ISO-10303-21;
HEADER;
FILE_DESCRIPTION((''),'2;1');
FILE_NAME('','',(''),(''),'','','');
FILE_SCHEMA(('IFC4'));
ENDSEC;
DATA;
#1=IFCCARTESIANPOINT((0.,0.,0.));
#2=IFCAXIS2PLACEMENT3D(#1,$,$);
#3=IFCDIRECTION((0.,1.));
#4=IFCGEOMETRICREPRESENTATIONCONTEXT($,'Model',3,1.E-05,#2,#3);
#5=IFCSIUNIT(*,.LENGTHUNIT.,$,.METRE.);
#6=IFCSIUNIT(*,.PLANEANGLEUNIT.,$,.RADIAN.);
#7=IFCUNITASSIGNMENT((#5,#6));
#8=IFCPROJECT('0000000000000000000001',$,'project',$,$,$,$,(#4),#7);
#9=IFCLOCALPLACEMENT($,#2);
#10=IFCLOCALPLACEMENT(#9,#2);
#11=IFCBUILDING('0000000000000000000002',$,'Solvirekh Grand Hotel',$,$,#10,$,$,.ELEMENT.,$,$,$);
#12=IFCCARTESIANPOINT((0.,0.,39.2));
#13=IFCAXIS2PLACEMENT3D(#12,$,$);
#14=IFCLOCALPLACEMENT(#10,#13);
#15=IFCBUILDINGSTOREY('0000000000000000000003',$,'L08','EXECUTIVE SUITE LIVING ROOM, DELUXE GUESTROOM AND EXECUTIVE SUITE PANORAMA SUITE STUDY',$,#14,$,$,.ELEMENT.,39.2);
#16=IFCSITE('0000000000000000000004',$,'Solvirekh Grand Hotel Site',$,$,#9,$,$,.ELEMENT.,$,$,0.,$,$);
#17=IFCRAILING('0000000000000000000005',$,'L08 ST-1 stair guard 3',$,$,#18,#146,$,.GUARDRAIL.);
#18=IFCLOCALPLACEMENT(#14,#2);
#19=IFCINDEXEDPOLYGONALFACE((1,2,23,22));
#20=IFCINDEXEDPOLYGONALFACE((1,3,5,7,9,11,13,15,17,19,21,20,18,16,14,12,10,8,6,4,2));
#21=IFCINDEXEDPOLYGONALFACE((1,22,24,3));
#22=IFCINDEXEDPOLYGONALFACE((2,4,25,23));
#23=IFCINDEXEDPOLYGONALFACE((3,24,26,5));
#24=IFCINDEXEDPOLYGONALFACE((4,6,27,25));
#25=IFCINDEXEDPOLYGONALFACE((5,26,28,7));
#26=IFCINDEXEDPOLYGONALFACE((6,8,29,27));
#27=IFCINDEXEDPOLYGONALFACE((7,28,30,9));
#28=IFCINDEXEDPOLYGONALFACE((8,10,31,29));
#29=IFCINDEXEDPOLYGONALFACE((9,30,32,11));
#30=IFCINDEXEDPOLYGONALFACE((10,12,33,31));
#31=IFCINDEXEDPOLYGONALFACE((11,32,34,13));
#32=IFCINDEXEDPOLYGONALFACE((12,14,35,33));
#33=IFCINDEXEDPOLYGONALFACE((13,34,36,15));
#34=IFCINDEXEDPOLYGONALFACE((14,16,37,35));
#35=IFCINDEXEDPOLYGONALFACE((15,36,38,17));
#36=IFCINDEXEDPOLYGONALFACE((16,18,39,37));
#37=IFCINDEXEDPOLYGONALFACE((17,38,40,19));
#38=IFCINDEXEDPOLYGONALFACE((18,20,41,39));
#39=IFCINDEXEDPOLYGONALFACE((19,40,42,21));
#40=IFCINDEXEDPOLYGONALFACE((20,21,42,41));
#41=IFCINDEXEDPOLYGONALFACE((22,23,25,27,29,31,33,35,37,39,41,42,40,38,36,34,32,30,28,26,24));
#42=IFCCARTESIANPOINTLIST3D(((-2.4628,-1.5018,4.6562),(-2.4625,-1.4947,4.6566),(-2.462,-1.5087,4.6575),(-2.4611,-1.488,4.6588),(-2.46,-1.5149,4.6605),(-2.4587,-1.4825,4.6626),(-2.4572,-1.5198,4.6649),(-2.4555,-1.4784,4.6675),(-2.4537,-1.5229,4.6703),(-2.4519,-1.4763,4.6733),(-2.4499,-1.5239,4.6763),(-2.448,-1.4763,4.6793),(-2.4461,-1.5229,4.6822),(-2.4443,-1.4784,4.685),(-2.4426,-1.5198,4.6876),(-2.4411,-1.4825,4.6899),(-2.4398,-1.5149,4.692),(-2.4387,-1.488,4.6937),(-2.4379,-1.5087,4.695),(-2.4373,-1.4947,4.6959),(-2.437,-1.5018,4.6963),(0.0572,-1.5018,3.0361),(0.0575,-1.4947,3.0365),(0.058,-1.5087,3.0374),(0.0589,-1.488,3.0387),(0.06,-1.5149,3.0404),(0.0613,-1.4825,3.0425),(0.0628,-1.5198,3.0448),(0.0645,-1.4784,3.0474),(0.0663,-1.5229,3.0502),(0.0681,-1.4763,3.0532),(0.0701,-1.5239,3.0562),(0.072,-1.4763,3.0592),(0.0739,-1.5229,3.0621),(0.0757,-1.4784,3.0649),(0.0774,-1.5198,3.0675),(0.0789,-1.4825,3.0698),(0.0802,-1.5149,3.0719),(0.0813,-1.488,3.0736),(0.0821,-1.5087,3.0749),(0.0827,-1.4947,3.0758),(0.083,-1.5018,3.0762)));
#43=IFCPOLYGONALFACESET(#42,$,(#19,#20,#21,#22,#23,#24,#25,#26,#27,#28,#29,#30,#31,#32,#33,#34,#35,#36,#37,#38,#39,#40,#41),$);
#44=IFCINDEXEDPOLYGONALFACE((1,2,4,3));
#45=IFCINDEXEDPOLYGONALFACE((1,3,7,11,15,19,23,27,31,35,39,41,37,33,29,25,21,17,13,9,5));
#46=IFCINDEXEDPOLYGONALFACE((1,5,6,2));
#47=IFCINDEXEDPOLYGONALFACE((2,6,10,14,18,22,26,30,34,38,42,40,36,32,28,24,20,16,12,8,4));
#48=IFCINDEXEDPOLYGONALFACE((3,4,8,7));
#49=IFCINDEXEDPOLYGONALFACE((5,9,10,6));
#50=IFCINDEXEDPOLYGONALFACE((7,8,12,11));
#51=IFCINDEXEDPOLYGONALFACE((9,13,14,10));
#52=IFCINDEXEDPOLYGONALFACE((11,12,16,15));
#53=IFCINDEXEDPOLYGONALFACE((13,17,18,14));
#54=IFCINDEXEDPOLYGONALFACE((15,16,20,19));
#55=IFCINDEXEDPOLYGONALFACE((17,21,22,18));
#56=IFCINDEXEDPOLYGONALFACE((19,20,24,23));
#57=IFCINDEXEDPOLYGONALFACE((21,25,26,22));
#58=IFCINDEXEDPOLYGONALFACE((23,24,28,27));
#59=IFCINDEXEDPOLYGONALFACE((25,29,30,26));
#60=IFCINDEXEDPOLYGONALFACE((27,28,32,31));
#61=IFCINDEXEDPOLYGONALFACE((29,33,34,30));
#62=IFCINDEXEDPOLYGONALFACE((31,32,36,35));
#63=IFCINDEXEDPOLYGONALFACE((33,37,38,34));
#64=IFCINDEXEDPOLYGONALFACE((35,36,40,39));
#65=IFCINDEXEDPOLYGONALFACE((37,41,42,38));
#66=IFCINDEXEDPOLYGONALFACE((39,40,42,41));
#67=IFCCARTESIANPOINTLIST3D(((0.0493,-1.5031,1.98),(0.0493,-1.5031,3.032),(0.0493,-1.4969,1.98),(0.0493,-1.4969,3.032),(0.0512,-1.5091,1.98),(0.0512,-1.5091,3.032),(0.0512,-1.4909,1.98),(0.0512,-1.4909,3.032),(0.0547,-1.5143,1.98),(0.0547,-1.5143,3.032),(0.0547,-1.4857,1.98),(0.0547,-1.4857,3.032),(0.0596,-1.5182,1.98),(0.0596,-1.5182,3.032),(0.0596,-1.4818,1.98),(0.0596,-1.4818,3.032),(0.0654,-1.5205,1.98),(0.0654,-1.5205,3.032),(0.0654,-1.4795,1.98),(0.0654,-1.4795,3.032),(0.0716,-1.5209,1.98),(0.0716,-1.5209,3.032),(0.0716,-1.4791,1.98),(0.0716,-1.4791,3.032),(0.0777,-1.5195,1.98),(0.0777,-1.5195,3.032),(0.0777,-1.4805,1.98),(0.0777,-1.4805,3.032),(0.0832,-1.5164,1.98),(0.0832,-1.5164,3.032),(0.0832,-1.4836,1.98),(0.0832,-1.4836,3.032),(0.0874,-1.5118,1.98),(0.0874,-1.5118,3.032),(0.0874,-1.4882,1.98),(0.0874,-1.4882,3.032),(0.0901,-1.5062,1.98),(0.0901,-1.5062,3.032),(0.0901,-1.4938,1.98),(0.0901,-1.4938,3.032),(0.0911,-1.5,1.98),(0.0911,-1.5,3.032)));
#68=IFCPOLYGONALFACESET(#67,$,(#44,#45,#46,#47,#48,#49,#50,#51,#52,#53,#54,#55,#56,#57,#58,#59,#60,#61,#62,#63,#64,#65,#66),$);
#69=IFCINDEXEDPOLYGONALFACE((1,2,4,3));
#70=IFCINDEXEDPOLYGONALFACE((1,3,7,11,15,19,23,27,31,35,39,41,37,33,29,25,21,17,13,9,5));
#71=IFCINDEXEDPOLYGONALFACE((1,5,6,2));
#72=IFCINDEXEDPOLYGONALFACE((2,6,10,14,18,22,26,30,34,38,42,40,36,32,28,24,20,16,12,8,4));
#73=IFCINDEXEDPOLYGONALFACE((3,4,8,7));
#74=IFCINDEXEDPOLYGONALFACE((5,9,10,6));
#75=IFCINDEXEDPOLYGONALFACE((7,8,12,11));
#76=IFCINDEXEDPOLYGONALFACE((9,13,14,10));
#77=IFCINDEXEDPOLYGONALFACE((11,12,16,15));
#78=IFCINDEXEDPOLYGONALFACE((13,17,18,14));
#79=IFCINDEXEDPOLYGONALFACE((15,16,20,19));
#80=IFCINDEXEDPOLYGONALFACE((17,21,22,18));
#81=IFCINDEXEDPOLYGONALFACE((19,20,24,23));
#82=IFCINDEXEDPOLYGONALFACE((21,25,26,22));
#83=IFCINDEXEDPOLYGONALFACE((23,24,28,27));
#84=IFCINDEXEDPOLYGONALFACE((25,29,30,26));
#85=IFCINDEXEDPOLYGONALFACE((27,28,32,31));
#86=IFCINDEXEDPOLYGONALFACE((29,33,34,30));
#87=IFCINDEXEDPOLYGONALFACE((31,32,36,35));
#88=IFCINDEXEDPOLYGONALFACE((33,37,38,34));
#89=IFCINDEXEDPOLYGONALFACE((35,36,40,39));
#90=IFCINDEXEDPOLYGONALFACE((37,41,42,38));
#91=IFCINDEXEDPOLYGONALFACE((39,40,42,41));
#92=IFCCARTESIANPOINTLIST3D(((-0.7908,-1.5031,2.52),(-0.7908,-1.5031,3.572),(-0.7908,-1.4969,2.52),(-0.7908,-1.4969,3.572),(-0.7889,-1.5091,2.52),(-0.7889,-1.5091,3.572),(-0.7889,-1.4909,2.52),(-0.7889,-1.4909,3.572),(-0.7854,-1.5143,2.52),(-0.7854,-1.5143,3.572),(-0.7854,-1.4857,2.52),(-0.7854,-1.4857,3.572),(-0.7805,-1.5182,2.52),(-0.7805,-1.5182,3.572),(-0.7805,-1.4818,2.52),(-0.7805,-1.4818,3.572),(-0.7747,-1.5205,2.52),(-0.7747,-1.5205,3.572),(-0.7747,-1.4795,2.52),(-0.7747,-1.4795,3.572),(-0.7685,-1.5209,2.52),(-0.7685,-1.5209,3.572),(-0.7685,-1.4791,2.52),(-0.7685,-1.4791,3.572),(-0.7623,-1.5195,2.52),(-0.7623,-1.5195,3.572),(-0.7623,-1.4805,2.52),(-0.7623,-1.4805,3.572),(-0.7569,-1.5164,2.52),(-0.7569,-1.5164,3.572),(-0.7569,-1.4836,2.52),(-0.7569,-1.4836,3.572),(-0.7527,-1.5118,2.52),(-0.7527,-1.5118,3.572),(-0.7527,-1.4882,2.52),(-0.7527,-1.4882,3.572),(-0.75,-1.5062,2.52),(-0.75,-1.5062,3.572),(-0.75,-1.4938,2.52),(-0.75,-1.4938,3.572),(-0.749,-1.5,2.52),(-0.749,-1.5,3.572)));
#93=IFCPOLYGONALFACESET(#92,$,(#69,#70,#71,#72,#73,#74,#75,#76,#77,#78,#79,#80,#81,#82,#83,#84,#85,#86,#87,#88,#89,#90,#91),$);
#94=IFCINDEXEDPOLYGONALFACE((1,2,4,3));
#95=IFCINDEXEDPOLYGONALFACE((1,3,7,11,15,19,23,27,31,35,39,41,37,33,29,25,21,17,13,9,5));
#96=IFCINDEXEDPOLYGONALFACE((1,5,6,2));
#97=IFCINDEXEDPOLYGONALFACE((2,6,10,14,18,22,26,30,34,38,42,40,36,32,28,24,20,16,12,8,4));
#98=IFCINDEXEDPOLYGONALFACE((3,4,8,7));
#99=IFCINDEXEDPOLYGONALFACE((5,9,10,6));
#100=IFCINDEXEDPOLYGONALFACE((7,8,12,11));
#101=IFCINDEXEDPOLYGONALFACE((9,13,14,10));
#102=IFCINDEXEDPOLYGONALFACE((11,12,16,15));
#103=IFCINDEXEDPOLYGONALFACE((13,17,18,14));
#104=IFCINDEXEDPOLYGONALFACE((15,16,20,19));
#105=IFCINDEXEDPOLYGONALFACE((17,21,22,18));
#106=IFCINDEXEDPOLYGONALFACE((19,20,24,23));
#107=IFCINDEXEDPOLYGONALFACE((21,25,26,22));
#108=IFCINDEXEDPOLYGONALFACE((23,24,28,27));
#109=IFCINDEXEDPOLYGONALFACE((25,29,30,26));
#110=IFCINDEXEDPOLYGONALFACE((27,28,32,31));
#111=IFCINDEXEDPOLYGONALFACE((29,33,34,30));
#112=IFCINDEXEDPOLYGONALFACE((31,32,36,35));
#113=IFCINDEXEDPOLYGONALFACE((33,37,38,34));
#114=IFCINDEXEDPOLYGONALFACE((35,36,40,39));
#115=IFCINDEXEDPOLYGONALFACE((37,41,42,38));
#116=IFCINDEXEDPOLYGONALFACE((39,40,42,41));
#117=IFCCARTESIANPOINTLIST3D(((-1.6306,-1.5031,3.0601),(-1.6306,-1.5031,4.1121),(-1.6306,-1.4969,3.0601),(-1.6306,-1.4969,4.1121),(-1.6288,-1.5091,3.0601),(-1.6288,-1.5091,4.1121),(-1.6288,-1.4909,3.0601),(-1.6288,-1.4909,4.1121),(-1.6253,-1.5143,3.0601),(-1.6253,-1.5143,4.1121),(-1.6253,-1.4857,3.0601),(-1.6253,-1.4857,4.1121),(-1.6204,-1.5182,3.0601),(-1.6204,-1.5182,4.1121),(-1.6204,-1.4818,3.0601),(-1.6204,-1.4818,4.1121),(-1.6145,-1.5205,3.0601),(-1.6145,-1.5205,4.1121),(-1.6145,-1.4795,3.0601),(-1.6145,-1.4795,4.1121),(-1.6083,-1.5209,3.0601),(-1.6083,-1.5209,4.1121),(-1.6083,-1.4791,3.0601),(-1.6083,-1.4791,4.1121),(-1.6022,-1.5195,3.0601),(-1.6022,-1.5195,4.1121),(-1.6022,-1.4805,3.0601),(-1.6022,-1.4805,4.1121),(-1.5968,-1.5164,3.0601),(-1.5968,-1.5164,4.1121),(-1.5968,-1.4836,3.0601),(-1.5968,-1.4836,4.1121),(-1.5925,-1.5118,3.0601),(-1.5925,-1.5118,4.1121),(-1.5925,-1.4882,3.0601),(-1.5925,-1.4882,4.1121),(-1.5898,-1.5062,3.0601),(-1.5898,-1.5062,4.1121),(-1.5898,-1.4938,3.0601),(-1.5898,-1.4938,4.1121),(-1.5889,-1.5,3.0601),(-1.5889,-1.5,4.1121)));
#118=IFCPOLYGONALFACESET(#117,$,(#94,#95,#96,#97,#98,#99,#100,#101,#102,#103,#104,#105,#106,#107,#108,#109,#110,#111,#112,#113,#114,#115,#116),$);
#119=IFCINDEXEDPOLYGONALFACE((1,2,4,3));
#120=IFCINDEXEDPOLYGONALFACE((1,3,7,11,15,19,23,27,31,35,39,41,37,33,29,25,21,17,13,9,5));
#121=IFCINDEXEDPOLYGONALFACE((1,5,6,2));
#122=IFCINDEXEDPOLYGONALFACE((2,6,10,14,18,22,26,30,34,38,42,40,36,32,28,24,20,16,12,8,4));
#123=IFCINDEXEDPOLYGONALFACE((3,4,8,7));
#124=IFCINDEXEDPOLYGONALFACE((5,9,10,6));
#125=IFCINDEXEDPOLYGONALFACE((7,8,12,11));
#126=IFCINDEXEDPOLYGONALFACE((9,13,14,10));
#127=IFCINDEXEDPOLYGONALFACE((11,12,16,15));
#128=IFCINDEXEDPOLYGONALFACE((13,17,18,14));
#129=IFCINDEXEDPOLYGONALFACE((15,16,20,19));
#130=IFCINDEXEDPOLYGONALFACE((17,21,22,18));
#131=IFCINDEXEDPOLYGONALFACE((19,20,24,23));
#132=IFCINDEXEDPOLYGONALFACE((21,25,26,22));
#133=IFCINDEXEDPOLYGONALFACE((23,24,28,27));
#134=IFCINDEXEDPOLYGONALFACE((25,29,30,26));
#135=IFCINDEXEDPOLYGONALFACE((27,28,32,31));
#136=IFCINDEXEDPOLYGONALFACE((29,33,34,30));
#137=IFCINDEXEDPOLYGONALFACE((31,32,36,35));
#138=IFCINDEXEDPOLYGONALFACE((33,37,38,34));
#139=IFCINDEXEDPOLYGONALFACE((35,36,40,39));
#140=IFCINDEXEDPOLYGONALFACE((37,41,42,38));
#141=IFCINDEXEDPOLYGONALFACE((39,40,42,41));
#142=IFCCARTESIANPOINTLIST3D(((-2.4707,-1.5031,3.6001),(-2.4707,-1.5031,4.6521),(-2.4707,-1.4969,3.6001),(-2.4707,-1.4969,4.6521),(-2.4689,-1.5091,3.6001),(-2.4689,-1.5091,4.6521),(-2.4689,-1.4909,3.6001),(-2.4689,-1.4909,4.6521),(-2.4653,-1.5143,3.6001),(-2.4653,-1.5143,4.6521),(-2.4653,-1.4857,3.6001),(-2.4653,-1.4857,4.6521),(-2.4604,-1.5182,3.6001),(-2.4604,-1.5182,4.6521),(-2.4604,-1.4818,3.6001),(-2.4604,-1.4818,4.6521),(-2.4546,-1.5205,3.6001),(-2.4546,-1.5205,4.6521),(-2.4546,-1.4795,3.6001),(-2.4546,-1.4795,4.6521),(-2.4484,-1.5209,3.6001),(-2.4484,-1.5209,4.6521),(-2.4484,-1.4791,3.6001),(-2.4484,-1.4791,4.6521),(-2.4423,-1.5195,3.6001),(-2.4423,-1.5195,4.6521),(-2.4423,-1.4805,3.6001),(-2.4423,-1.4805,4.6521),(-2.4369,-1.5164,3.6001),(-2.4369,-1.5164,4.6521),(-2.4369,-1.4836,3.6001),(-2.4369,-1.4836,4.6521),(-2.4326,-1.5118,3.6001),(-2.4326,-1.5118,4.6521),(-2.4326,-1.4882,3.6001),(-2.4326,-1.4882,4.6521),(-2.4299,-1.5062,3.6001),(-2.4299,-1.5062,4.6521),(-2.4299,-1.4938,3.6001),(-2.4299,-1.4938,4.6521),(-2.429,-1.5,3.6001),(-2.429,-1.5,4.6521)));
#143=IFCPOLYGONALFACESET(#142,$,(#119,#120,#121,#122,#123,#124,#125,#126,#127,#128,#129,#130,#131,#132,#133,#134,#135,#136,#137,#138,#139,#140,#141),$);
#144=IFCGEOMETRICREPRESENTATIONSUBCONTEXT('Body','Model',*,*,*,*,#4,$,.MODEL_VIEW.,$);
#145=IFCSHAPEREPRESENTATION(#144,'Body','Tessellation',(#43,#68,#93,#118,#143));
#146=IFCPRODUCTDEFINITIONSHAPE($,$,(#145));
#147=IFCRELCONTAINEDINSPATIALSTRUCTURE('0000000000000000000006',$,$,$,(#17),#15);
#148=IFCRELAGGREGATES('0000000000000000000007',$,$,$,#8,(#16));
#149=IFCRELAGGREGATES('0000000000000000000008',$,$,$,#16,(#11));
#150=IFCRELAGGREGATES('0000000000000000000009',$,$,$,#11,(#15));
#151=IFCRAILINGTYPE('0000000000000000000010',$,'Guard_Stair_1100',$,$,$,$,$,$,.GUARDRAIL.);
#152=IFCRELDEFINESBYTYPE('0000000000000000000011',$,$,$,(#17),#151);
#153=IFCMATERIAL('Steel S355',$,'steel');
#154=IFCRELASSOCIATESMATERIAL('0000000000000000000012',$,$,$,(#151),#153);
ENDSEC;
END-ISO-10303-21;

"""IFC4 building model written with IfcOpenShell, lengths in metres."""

from ifc_helpers import new_model, si_unit, direction, frame, origin, origin_2d, place, context, subcontext, project, spatial, circle, extrude, material, type_object, element, save


model = new_model("IFC4")

# Units and contexts
model_context = context("Model", 3, precision=1e-05, world=origin(), true_north=direction((0.0, 1.0)))
body_context = subcontext(model_context, "Body", "Model", "MODEL_VIEW")
ifc_project = project(units=[si_unit("LENGTHUNIT", "METRE"), si_unit("PLANEANGLEUNIT", "RADIAN")], contexts=[model_context])

# Site, building, storey
site_placement = place(None, origin())
site = spatial("IfcSite", under=ifc_project, at=site_placement, Name="Solvirekh Grand Hotel Site", CompositionType="ELEMENT", RefElevation=0.0)
building_placement = place(site_placement, origin())
building = spatial("IfcBuilding", under=site, at=building_placement, Name="Solvirekh Grand Hotel", CompositionType="ELEMENT")
storey_placement = place(building_placement, frame((0.0, 0.0, 39.2)))
storey = spatial("IfcBuildingStorey", under=building, at=storey_placement, Name="L08", Description="EXECUTIVE SUITE LIVING ROOM, DELUXE GUESTROOM AND EXECUTIVE SUITE PANORAMA SUITE STUDY", CompositionType="ELEMENT", Elevation=39.2)

# Railing
ifc_material_1 = material(Name="Steel S355", Category="steel")
railing_type_1 = type_object("IfcRailingType", Name="Guard_Stair_1100", PredefinedType="GUARDRAIL", material=ifc_material_1)
railing_1_placement = place(storey_placement, frame((0.0701, -1.5, 1.98)))
element("IfcRailing", 1, at=railing_1_placement, inside=storey, type_object=railing_type_1, Name="L08 ST-1 stair guard 3", PredefinedType="GUARDRAIL", context=body_context, shape_type="SweptSolid", body=[
    extrude(circle(Radius=0.0239, at=origin_2d()), frame((0.0, 0.0, 1.0762), z_axis=(-0.841163, 0.0, 0.540782), x_axis=(0.0, -1.0, 0.0)), (0.0, 0.0, 1.0), 2.9958),
    extrude(circle(Radius=0.021, at=origin_2d()), origin(), (0.0, 0.0, 1.0), 1.052),
    extrude(circle(Radius=0.021, at=origin_2d()), frame((-0.8401, 0.0, 0.54)), (0.0, 0.0, 1.0), 1.052),
    extrude(circle(Radius=0.021, at=origin_2d()), frame((-1.6799, 0.0, 1.0801)), (0.0, 0.0, 1.0), 1.052),
    extrude(circle(Radius=0.021, at=origin_2d()), frame((-2.52, 0.0, 1.6201)), (0.0, 0.0, 1.0), 1.052),
])

save(model, "model.ifc")
